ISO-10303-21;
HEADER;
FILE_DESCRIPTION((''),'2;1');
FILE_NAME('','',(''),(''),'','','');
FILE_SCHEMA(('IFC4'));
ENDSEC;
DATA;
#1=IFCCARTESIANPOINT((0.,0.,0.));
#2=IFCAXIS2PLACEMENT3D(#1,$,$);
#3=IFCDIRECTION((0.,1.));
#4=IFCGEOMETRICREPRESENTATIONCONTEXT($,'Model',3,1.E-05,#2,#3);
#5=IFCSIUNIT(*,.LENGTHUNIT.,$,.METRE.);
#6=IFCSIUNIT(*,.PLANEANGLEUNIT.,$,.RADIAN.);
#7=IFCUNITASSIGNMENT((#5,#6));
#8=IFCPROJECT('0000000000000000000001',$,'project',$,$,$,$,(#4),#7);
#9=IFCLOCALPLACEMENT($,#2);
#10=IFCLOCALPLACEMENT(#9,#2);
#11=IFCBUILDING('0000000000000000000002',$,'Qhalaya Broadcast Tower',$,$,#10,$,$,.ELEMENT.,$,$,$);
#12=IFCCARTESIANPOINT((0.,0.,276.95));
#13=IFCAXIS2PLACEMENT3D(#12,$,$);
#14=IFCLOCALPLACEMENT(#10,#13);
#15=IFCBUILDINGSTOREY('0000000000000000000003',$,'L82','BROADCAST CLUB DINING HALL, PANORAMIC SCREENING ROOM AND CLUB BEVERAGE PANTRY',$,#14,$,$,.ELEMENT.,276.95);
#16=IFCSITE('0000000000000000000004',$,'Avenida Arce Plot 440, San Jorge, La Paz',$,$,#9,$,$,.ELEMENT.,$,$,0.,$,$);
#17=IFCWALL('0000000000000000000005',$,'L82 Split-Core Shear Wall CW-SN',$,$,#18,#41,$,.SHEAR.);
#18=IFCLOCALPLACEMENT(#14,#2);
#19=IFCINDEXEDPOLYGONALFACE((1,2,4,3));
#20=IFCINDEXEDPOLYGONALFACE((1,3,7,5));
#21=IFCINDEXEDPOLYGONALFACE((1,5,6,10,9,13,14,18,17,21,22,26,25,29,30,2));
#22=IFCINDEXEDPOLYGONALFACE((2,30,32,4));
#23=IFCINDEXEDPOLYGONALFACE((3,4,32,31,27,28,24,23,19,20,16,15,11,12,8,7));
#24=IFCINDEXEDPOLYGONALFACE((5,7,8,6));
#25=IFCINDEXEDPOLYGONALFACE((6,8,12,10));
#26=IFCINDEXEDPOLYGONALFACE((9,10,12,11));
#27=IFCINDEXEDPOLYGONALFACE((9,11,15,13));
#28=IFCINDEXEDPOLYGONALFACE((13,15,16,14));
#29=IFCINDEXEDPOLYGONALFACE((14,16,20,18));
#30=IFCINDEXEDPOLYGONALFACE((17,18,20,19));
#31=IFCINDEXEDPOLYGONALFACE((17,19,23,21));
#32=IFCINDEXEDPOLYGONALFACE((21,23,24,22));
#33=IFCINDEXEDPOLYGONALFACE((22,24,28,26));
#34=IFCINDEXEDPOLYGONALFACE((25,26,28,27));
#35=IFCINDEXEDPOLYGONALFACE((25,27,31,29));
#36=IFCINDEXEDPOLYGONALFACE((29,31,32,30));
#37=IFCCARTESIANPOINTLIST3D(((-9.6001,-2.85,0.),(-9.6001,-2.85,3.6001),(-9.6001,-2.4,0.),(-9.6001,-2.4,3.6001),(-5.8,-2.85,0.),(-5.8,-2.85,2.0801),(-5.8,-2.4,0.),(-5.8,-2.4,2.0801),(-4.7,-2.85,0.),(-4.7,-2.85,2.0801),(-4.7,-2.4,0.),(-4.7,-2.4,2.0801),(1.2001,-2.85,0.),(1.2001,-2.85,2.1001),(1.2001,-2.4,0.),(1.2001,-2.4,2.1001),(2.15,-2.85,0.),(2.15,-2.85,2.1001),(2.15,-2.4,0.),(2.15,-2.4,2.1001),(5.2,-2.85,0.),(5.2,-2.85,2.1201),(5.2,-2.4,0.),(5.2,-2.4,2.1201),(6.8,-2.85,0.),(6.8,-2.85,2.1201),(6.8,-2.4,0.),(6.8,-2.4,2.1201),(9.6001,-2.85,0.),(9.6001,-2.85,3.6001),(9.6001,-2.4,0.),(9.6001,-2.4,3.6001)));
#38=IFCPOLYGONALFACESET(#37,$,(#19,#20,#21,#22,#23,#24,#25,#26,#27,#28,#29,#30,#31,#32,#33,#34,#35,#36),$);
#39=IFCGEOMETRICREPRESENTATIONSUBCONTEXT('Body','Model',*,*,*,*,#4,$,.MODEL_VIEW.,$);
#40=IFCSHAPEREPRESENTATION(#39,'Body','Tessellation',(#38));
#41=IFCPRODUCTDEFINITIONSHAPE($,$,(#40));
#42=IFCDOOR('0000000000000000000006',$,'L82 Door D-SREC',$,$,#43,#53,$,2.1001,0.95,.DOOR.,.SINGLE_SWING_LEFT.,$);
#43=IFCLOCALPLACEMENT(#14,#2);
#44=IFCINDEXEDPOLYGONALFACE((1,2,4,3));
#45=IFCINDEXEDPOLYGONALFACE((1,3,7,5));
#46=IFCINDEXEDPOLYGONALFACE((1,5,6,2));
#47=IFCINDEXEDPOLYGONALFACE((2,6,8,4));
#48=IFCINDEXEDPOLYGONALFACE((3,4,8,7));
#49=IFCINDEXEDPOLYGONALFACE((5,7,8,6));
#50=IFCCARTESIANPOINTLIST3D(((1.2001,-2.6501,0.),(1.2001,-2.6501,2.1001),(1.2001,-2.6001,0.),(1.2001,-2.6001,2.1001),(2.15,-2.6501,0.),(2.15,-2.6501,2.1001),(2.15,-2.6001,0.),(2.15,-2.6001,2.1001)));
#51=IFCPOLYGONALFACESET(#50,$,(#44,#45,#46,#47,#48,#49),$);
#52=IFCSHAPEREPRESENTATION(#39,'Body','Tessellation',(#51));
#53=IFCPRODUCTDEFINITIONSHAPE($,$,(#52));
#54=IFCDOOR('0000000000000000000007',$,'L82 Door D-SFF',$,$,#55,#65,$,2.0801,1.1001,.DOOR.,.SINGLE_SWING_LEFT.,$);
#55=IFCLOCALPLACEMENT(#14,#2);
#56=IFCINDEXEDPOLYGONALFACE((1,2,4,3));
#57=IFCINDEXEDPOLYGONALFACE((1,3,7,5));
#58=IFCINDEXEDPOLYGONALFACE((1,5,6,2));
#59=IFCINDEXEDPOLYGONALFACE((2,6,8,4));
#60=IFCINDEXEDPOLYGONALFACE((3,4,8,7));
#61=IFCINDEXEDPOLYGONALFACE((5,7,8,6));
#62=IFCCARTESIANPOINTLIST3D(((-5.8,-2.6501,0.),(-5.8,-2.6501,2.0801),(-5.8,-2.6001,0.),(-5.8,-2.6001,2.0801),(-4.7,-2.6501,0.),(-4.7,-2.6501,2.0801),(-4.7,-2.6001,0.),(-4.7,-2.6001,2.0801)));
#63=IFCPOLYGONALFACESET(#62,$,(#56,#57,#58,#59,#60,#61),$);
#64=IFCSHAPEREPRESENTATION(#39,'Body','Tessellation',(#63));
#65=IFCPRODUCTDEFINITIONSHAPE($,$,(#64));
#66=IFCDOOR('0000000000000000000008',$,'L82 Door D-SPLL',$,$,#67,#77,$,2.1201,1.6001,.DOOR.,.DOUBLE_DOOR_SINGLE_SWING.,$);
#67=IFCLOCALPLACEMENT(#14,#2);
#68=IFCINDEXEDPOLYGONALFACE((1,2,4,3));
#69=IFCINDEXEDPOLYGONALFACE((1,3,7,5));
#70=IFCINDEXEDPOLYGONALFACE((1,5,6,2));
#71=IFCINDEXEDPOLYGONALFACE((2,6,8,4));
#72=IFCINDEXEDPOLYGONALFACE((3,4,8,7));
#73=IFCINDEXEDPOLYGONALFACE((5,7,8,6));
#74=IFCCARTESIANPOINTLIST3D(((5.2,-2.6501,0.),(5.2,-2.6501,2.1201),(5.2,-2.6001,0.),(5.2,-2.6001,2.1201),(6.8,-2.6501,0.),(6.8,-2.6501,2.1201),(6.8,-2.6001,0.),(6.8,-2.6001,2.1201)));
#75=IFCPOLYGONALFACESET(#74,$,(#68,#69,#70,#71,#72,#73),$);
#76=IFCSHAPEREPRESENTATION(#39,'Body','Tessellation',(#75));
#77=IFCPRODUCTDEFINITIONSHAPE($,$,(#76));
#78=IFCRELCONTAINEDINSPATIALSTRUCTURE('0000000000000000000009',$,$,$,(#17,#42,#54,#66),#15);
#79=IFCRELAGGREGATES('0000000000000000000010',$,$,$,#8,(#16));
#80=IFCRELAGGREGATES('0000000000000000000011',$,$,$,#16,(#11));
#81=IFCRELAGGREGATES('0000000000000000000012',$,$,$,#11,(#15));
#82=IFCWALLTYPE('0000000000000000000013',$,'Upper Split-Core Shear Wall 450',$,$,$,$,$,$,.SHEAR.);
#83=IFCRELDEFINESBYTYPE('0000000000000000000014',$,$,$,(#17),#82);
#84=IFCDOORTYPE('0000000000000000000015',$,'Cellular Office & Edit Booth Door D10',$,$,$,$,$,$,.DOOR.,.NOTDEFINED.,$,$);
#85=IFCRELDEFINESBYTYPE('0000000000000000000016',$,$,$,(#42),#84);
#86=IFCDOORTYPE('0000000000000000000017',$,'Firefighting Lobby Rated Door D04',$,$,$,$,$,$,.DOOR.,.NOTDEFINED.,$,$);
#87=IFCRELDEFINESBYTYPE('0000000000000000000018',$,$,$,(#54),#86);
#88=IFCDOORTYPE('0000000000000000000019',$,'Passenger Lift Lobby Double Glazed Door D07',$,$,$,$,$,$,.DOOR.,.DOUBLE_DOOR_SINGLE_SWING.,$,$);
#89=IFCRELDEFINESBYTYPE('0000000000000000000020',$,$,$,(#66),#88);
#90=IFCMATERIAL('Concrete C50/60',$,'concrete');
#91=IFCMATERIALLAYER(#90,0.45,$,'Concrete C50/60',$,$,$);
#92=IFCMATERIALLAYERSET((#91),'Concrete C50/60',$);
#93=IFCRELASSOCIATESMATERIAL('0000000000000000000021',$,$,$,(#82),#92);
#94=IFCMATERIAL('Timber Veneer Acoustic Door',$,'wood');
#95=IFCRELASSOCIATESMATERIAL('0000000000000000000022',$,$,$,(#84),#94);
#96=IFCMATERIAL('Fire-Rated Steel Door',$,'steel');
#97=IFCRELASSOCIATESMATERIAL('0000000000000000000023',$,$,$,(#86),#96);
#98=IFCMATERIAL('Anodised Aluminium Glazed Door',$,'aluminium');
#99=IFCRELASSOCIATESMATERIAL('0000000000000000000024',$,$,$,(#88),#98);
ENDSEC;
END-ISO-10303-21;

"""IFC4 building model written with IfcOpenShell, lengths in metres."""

from ifc_helpers import new_model, si_unit, direction, frame, frame_2d, origin, place, context, subcontext, project, spatial, rectangle, extrude, material, layer, layer_set, type_object, element, fill, save


model = new_model("IFC4")

# Units and contexts
model_context = context("Model", 3, precision=1e-05, world=origin(), true_north=direction((0.0, 1.0)))
body_context = subcontext(model_context, "Body", "Model", "MODEL_VIEW")
ifc_project = project(units=[si_unit("LENGTHUNIT", "METRE"), si_unit("PLANEANGLEUNIT", "RADIAN")], contexts=[model_context])

# Site, building, storey
site_placement = place(None, origin())
site = spatial("IfcSite", under=ifc_project, at=site_placement, Name="Avenida Arce Plot 440, San Jorge, La Paz", CompositionType="ELEMENT", RefElevation=0.0)
building_placement = place(site_placement, origin())
building = spatial("IfcBuilding", under=site, at=building_placement, Name="Qhalaya Broadcast Tower", CompositionType="ELEMENT")
storey_placement = place(building_placement, frame((0.0, 0.0, 276.95)))
storey = spatial("IfcBuildingStorey", under=building, at=storey_placement, Name="L82", Description="BROADCAST CLUB DINING HALL, PANORAMIC SCREENING ROOM AND CLUB BEVERAGE PANTRY", CompositionType="ELEMENT", Elevation=276.95)

# Shared definitions
ifc_material_1 = material(Name="Concrete C50/60", Category="concrete")

# Shared definitions
ifc_material_2 = material(Name="Fire-Rated Steel Door", Category="steel")

# Wall, openings, doors
ifc_layer_1 = layer(ifc_material_1, 0.45, Name="Concrete C50/60")
ifc_layer_set_1 = layer_set([ifc_layer_1], Name="Concrete C50/60")
wall_type_1 = type_object("IfcWallType", Name="Upper Split-Core Shear Wall 450", PredefinedType="SHEAR", material=ifc_layer_set_1)
wall_1_placement = place(storey_placement, frame((-9.6001, -2.625, 0.0), z_axis=(0.0, 0.0, 1.0), x_axis=(1.0, 0.0, 0.0)))
wall_1 = element("IfcWall", 1, at=wall_1_placement, inside=storey, type_object=wall_type_1, Name="L82 Split-Core Shear Wall CW-SN", PredefinedType="SHEAR", context=body_context, shape_type="SweptSolid", body=[
    extrude(rectangle(XDim=19.2002, YDim=0.45, at=frame_2d((9.6001, 0.0))), origin(), (0.0, 0.0, 1.0), 3.6001),
])
opening_1_placement = place(wall_1_placement, frame((3.8, 0.0, 0.0)))
opening_1 = element("IfcOpeningElement", 2, at=opening_1_placement, cuts=wall_1, PredefinedType="OPENING", context=body_context, shape_type="SweptSolid", body=[
    extrude(rectangle(XDim=1.1001, YDim=2.0801, at=frame_2d((0.55, 1.04))), frame((0.0, 0.2371, 0.0), z_axis=(0.0, -1.0, 0.0), x_axis=(1.0, 0.0, 0.0)), (0.0, 0.0, 1.0), 0.4739),
])
opening_2_placement = place(wall_1_placement, frame((10.8, 0.0, 0.0)))
opening_2 = element("IfcOpeningElement", 3, at=opening_2_placement, cuts=wall_1, PredefinedType="OPENING", context=body_context, shape_type="SweptSolid", body=[
    extrude(rectangle(XDim=0.95, YDim=2.1001, at=frame_2d((0.4751, 1.05))), frame((0.0, 0.2371, 0.0), z_axis=(0.0, -1.0, 0.0), x_axis=(1.0, 0.0, 0.0)), (0.0, 0.0, 1.0), 0.4739),
])
opening_3_placement = place(wall_1_placement, frame((14.8, 0.0, 0.0)))
opening_3 = element("IfcOpeningElement", 4, at=opening_3_placement, cuts=wall_1, PredefinedType="OPENING", context=body_context, shape_type="SweptSolid", body=[
    extrude(rectangle(XDim=1.6001, YDim=2.1201, at=frame_2d((0.8, 1.0601))), frame((0.0, 0.2371, 0.0), z_axis=(0.0, -1.0, 0.0), x_axis=(1.0, 0.0, 0.0)), (0.0, 0.0, 1.0), 0.4739),
])
ifc_material_3 = material(Name="Timber Veneer Acoustic Door", Category="wood")
door_type_1 = type_object("IfcDoorType", Name="Cellular Office & Edit Booth Door D10", OperationType="NOTDEFINED", PredefinedType="DOOR", material=ifc_material_3)
door_1_placement = place(opening_2_placement, origin())
door_1 = element("IfcDoor", 5, at=door_1_placement, inside=storey, type_object=door_type_1, Name="L82 Door D-SREC", OperationType="SINGLE_SWING_LEFT", OverallHeight=2.1001, OverallWidth=0.95, PredefinedType="DOOR", context=body_context, shape_type="SweptSolid", body=[
    extrude(rectangle(XDim=0.95, YDim=2.1001, at=frame_2d((0.4751, 1.05))), frame((0.0, 0.0249, 0.0), z_axis=(0.0, -1.0, 0.0), x_axis=(1.0, 0.0, 0.0)), (0.0, 0.0, 1.0), 0.05),
])
fill(opening_2, door_1)
door_type_2 = type_object("IfcDoorType", Name="Firefighting Lobby Rated Door D04", OperationType="NOTDEFINED", PredefinedType="DOOR", material=ifc_material_2)
door_2_placement = place(opening_1_placement, origin())
door_2 = element("IfcDoor", 6, at=door_2_placement, inside=storey, type_object=door_type_2, Name="L82 Door D-SFF", OperationType="SINGLE_SWING_LEFT", OverallHeight=2.0801, OverallWidth=1.1001, PredefinedType="DOOR", context=body_context, shape_type="SweptSolid", body=[
    extrude(rectangle(XDim=1.1001, YDim=2.0801, at=frame_2d((0.55, 1.04))), frame((0.0, 0.0249, 0.0), z_axis=(0.0, -1.0, 0.0), x_axis=(1.0, 0.0, 0.0)), (0.0, 0.0, 1.0), 0.05),
])
fill(opening_1, door_2)
ifc_material_4 = material(Name="Anodised Aluminium Glazed Door", Category="aluminium")
door_type_3 = type_object("IfcDoorType", Name="Passenger Lift Lobby Double Glazed Door D07", OperationType="DOUBLE_DOOR_SINGLE_SWING", PredefinedType="DOOR", material=ifc_material_4)
door_3_placement = place(opening_3_placement, origin())
door_3 = element("IfcDoor", 7, at=door_3_placement, inside=storey, type_object=door_type_3, Name="L82 Door D-SPLL", OperationType="DOUBLE_DOOR_SINGLE_SWING", OverallHeight=2.1201, OverallWidth=1.6001, PredefinedType="DOOR", context=body_context, shape_type="SweptSolid", body=[
    extrude(rectangle(XDim=1.6001, YDim=2.1201, at=frame_2d((0.8, 1.0601))), frame((0.0, 0.0249, 0.0), z_axis=(0.0, -1.0, 0.0), x_axis=(1.0, 0.0, 0.0)), (0.0, 0.0, 1.0), 0.05),
])
fill(opening_3, door_3)

save(model, "model.ifc")
